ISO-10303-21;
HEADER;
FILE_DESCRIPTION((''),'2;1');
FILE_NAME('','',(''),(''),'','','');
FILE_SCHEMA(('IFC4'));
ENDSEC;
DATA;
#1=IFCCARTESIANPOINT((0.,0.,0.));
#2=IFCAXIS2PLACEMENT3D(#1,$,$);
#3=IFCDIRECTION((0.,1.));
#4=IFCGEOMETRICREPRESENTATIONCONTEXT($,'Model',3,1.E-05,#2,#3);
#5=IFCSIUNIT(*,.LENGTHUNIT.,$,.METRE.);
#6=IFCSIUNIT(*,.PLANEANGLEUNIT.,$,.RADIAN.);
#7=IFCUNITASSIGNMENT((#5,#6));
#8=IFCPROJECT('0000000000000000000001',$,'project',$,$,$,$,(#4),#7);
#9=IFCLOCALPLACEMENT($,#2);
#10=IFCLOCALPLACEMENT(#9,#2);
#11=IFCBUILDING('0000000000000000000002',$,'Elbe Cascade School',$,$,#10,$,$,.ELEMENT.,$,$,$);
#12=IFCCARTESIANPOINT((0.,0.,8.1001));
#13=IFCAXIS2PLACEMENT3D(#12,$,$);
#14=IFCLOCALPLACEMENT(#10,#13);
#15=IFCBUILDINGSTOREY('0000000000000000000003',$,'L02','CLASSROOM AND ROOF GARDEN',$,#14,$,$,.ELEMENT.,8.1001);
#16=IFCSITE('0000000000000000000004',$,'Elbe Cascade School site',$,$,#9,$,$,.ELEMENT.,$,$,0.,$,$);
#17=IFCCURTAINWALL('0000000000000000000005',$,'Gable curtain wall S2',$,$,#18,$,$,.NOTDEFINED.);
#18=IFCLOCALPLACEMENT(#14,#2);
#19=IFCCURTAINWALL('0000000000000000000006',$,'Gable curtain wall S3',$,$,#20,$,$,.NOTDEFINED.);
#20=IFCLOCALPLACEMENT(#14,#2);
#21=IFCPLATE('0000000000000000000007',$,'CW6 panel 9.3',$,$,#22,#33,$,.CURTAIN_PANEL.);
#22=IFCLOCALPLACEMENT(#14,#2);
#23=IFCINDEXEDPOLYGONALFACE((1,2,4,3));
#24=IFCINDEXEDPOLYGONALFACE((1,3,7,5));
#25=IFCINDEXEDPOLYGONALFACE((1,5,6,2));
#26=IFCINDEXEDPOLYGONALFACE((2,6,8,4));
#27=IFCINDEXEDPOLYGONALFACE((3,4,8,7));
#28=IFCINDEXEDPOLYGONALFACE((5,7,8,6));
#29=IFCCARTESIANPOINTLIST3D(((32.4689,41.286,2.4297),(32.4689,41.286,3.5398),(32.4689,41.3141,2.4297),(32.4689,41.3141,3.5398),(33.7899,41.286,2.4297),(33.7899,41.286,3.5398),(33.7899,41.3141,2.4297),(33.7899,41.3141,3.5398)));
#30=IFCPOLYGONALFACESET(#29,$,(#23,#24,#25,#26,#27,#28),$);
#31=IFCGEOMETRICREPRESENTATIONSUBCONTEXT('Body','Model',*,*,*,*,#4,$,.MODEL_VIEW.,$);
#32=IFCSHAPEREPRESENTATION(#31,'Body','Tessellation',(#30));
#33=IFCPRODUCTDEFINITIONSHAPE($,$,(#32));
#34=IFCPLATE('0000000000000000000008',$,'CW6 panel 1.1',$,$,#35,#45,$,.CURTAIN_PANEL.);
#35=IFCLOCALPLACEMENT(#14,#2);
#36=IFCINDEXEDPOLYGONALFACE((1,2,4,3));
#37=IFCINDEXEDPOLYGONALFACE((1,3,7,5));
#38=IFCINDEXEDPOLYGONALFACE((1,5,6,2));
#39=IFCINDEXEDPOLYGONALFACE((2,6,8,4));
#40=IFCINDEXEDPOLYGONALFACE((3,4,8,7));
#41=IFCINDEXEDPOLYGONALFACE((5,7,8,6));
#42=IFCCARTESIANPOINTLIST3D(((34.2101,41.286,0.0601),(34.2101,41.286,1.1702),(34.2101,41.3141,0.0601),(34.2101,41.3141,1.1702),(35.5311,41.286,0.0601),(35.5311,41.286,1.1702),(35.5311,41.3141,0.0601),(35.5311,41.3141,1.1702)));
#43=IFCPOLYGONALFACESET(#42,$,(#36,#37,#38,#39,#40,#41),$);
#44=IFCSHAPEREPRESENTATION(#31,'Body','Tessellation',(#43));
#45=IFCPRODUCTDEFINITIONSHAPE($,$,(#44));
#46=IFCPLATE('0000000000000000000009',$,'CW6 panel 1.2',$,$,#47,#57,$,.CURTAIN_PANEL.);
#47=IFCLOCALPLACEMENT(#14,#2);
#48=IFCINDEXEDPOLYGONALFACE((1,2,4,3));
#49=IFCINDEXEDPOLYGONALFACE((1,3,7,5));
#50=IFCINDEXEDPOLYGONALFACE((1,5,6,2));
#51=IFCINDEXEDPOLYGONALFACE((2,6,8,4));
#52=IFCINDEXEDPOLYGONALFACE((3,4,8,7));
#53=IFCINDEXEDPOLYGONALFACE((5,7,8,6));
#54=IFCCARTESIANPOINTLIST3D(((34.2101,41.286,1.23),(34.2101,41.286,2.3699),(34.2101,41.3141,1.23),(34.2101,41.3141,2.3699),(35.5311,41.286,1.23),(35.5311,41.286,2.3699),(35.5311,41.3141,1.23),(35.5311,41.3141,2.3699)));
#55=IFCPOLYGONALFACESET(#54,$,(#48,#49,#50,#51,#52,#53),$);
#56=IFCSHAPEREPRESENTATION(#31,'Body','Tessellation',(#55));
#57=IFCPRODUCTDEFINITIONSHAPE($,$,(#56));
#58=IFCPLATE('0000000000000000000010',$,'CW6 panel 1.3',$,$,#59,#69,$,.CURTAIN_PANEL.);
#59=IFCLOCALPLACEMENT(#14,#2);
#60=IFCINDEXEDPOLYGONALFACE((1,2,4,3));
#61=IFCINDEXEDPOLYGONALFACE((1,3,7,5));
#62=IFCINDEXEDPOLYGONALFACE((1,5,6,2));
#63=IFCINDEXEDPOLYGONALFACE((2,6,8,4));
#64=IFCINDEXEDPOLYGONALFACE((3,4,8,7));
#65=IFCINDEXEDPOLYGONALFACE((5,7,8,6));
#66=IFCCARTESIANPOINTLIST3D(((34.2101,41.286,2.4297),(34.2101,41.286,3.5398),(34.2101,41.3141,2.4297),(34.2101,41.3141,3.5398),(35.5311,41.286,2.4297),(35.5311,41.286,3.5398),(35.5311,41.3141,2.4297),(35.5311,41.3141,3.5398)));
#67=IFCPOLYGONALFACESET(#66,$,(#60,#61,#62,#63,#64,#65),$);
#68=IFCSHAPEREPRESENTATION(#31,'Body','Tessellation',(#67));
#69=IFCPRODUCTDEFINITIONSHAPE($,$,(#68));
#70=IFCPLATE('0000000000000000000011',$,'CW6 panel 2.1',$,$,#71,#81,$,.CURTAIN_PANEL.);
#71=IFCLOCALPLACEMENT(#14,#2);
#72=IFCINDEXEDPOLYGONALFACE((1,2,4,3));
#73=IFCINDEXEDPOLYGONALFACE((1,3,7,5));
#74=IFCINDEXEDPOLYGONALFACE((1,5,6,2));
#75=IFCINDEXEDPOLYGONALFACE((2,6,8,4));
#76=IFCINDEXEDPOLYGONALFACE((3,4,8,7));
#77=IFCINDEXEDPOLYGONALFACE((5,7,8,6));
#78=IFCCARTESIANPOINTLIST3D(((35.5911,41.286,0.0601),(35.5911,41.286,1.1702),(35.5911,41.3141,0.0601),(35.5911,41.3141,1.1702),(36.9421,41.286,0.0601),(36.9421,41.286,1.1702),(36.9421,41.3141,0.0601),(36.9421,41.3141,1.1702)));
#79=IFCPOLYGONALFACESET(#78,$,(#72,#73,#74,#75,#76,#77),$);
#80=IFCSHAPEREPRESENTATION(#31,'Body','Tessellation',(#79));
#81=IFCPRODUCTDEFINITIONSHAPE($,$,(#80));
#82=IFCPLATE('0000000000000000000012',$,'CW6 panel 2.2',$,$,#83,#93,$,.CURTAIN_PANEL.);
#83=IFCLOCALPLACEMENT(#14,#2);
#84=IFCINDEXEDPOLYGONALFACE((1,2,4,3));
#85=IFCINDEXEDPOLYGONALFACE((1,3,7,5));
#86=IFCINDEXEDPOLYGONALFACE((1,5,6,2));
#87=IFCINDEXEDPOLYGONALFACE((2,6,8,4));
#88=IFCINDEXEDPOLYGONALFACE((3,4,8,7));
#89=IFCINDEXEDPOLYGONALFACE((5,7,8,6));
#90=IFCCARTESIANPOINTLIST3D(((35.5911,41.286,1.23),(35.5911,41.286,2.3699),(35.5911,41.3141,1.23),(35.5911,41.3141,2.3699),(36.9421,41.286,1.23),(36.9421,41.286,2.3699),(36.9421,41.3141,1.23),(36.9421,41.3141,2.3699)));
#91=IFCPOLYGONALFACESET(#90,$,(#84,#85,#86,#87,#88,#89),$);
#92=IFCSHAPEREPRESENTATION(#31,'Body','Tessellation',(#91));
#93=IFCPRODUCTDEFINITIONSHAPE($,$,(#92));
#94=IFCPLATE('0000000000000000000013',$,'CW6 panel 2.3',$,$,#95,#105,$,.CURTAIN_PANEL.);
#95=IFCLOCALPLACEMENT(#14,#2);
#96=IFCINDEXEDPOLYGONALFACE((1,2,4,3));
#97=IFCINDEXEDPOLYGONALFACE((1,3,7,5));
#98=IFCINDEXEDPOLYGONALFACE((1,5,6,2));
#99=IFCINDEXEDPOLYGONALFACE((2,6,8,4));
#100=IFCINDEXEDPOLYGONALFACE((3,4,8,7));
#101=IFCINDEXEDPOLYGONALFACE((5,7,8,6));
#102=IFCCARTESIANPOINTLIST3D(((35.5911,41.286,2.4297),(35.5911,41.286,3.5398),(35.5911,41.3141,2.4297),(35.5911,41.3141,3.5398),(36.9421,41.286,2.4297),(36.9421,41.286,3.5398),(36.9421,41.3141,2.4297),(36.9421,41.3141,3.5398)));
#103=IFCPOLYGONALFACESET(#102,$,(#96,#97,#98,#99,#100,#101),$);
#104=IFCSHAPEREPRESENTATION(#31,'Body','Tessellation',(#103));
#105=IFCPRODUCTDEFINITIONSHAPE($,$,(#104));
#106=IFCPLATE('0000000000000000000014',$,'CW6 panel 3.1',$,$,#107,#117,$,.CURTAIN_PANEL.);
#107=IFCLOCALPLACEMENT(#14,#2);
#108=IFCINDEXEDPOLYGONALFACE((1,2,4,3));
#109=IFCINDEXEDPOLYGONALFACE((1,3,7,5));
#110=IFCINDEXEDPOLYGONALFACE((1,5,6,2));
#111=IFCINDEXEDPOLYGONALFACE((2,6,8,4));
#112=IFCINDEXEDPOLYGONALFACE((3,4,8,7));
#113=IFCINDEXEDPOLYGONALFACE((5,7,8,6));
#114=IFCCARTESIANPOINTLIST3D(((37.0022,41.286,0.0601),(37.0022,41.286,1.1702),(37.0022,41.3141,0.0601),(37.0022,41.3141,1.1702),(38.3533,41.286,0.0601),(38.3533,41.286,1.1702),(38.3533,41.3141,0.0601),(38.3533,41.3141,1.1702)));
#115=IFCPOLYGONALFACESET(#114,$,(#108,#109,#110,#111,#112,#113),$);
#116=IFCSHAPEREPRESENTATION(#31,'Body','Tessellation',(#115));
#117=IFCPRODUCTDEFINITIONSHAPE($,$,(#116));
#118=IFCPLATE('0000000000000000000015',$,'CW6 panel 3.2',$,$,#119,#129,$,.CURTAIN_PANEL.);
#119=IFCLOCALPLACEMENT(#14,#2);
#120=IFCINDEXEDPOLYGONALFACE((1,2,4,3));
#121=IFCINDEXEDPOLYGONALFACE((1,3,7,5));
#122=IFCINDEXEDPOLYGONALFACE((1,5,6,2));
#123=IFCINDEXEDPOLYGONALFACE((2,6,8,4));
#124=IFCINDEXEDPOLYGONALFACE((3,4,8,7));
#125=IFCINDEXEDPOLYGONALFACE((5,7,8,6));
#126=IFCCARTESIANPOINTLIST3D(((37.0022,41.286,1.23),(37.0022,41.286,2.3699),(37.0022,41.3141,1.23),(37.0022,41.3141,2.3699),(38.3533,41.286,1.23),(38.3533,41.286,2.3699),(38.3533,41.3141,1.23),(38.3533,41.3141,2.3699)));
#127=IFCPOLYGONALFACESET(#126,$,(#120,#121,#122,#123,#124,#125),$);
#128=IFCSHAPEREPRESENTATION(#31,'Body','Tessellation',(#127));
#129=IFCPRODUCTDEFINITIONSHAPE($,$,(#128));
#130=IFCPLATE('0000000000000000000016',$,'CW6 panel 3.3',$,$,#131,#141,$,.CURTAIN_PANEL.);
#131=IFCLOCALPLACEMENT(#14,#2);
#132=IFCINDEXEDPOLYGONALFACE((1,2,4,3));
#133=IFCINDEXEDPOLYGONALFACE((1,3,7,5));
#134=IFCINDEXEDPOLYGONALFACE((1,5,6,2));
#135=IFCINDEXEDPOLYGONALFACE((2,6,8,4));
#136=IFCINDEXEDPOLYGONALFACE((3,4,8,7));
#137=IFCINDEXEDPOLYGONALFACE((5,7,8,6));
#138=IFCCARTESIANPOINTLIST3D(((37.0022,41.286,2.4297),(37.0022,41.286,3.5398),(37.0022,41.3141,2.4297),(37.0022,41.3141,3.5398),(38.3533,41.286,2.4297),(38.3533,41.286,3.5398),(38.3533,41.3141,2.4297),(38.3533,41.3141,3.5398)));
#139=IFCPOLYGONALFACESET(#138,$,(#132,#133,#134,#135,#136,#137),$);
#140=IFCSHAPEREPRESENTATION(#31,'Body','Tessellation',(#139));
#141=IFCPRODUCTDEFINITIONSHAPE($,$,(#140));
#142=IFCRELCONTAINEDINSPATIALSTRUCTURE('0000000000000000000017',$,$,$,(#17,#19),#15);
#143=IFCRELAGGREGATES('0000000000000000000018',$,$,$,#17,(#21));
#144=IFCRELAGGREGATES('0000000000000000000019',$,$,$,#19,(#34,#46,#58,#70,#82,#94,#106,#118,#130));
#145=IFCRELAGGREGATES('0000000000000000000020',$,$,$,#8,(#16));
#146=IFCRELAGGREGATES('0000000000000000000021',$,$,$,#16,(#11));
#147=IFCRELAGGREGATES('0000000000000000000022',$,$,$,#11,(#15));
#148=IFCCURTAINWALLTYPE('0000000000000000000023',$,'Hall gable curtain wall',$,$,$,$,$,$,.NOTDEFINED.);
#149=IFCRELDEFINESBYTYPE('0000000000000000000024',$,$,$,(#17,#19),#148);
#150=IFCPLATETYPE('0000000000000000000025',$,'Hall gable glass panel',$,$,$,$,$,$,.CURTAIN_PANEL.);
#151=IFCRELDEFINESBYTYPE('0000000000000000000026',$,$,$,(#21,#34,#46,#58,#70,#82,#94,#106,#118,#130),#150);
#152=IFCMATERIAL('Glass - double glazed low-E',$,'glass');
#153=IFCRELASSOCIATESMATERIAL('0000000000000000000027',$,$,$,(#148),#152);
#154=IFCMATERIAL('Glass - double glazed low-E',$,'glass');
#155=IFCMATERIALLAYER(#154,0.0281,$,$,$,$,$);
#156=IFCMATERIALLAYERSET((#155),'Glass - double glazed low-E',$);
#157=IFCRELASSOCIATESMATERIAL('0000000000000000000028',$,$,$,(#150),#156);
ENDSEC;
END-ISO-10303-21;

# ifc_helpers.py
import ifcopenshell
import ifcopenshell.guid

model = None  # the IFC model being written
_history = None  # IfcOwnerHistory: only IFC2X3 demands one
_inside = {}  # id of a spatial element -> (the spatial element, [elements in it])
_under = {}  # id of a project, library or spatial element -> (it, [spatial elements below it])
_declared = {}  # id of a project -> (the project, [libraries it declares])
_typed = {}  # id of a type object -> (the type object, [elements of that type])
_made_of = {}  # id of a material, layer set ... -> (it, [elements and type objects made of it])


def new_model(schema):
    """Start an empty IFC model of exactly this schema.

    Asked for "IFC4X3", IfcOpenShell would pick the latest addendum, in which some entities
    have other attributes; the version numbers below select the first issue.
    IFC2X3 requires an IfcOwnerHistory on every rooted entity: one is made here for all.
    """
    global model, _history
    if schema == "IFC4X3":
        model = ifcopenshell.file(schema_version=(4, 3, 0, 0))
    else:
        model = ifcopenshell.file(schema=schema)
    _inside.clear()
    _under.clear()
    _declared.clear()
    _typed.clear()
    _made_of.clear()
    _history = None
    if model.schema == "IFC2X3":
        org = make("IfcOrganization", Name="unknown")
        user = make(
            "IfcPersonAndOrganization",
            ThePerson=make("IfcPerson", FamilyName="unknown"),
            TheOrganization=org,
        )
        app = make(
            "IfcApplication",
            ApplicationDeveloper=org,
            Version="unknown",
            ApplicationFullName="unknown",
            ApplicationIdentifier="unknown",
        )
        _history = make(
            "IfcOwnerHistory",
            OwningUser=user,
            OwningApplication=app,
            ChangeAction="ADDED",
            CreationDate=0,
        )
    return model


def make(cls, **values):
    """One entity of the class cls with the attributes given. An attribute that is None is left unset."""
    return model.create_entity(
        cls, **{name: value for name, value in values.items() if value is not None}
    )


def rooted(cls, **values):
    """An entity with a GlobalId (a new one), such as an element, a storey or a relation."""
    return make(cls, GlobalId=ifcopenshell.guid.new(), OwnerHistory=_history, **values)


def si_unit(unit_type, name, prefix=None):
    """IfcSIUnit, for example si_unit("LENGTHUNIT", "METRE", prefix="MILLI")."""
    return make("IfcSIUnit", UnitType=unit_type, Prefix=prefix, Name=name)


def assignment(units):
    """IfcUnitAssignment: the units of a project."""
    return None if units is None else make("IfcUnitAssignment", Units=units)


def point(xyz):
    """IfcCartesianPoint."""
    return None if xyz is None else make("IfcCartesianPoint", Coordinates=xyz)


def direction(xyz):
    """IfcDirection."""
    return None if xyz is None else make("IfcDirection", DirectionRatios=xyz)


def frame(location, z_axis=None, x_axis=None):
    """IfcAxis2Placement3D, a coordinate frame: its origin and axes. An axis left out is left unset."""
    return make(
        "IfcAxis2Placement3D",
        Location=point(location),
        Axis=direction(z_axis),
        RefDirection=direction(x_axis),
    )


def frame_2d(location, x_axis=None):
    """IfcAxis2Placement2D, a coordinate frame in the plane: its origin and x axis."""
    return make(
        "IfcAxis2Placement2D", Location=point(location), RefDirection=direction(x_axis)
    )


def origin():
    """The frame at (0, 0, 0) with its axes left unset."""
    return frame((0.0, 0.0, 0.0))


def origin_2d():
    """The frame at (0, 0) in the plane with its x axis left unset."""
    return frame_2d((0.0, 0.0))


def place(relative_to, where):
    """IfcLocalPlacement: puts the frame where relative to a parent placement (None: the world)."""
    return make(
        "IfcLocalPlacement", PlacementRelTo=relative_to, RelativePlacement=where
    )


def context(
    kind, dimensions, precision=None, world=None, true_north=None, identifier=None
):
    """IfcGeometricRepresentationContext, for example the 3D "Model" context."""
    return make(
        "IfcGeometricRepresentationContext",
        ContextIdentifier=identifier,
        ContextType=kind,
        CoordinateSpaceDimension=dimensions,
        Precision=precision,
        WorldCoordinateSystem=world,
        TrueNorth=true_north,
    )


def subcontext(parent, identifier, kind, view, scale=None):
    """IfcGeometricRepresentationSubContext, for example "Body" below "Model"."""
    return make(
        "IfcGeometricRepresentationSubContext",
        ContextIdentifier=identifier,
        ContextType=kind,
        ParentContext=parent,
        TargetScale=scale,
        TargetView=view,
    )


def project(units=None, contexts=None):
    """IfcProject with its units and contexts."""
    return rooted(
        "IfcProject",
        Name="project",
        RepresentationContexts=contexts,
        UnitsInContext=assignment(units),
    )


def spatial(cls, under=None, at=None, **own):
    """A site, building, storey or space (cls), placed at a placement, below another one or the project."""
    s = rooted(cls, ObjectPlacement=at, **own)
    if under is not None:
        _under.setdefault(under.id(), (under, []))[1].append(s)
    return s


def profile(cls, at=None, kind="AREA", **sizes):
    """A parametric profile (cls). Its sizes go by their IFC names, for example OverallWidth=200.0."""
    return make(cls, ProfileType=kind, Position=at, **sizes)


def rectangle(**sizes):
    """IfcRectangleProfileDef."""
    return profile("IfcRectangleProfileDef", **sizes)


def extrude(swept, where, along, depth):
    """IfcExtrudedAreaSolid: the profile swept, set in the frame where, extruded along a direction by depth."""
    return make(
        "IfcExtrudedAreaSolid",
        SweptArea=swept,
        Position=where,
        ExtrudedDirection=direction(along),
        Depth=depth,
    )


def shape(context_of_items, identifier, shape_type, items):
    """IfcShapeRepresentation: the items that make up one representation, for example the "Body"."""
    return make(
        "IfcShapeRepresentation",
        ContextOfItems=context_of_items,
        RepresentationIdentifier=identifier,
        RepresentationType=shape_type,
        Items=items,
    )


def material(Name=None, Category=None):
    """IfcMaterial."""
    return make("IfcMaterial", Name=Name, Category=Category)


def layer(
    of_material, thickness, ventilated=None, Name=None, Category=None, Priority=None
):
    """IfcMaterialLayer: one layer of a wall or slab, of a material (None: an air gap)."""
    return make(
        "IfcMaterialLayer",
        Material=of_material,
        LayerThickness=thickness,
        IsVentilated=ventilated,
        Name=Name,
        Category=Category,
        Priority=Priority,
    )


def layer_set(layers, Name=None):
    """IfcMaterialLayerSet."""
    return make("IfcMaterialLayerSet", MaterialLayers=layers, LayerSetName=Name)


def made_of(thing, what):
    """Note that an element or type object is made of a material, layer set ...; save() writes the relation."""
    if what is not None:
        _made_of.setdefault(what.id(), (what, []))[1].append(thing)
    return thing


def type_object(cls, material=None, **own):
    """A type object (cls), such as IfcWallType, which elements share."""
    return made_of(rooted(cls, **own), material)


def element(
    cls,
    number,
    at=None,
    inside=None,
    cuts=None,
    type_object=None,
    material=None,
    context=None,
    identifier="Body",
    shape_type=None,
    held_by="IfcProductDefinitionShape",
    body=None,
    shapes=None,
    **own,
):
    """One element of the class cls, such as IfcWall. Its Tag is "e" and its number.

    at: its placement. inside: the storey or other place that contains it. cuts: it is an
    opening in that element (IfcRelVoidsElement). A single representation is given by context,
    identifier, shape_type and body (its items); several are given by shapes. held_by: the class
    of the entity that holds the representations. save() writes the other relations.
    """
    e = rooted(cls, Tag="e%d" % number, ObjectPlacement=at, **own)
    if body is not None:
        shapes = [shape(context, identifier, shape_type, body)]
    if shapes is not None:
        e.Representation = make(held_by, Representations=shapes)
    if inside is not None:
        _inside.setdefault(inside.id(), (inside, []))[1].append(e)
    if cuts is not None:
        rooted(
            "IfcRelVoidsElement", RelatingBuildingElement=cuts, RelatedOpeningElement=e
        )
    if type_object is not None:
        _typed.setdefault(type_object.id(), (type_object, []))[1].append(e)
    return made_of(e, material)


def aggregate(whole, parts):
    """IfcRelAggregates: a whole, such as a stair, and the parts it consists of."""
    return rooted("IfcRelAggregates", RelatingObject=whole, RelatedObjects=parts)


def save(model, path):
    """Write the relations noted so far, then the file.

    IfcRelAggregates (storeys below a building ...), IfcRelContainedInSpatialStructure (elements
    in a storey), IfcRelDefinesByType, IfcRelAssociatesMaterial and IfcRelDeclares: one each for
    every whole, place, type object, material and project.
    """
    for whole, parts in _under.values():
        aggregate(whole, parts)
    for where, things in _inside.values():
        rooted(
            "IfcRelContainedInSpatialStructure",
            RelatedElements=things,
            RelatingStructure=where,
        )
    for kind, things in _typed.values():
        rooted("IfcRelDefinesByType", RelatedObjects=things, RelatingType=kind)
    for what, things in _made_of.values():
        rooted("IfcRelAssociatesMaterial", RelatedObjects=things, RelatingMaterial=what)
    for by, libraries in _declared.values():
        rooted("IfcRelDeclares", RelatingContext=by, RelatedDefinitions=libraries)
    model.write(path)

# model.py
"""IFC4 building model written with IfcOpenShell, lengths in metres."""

from ifc_helpers import new_model, si_unit, direction, frame, origin, origin_2d, place, context, subcontext, project, spatial, rectangle, extrude, material, layer, layer_set, type_object, element, aggregate, save


model = new_model("IFC4")

# Units and contexts
model_context = context("Model", 3, precision=1e-05, world=origin(), true_north=direction((0.0, 1.0)))
body_context = subcontext(model_context, "Body", "Model", "MODEL_VIEW")
ifc_project = project(units=[si_unit("LENGTHUNIT", "METRE"), si_unit("PLANEANGLEUNIT", "RADIAN")], contexts=[model_context])

# Site, building, storey
site_placement = place(None, origin())
site = spatial("IfcSite", under=ifc_project, at=site_placement, Name="Elbe Cascade School site", CompositionType="ELEMENT", RefElevation=0.0)
building_placement = place(site_placement, origin())
building = spatial("IfcBuilding", under=site, at=building_placement, Name="Elbe Cascade School", CompositionType="ELEMENT")
storey_placement = place(building_placement, frame((0.0, 0.0, 8.1001)))
storey = spatial("IfcBuildingStorey", under=building, at=storey_placement, Name="L02", Description="CLASSROOM AND ROOF GARDEN", CompositionType="ELEMENT", Elevation=8.1001)

# Curtain wall
ifc_material_1 = material(Name="Glass - double glazed low-E", Category="glass")
curtain_wall_type = type_object("IfcCurtainWallType", Name="Hall gable curtain wall", PredefinedType="NOTDEFINED", material=ifc_material_1)
curtain_wall_1_placement = place(storey_placement, origin())
curtain_wall_1 = element("IfcCurtainWall", 1, at=curtain_wall_1_placement, inside=storey, type_object=curtain_wall_type, Name="Gable curtain wall S2", PredefinedType="NOTDEFINED")

# Curtain wall
curtain_wall_2_placement = place(storey_placement, origin())
curtain_wall_2 = element("IfcCurtainWall", 2, at=curtain_wall_2_placement, inside=storey, type_object=curtain_wall_type, Name="Gable curtain wall S3", PredefinedType="NOTDEFINED")

# Plates
ifc_material_2 = material(Name="Glass - double glazed low-E", Category="glass")
ifc_layer = layer(ifc_material_2, 0.0281)
ifc_layer_set = layer_set([ifc_layer], Name="Glass - double glazed low-E")
plate_type = type_object("IfcPlateType", Name="Hall gable glass panel", PredefinedType="CURTAIN_PANEL", material=ifc_layer_set)
plate_1_placement = place(storey_placement, frame((33.1294, 41.3, 2.4297), z_axis=(0.0, 0.0, 1.0), x_axis=(1.0, 0.0, 0.0)))
plate_1 = element("IfcPlate", 3, at=plate_1_placement, type_object=plate_type, Name="CW6 panel 9.3", PredefinedType="CURTAIN_PANEL", context=body_context, shape_type="SweptSolid", body=[
    extrude(rectangle(XDim=1.321, YDim=0.0281, at=origin_2d()), origin(), (0.0, 0.0, 1.0), 1.1101),
])
aggregate(curtain_wall_1, [plate_1])
plate_2_placement = place(storey_placement, frame((34.8706, 41.3, 0.0601), z_axis=(0.0, 0.0, 1.0), x_axis=(1.0, 0.0, 0.0)))
plate_2 = element("IfcPlate", 4, at=plate_2_placement, type_object=plate_type, Name="CW6 panel 1.1", PredefinedType="CURTAIN_PANEL", context=body_context, shape_type="SweptSolid", body=[
    extrude(rectangle(XDim=1.321, YDim=0.0281, at=origin_2d()), origin(), (0.0, 0.0, 1.0), 1.1101),
])
plate_3_placement = place(storey_placement, frame((34.8706, 41.3, 1.23), z_axis=(0.0, 0.0, 1.0), x_axis=(1.0, 0.0, 0.0)))
plate_3 = element("IfcPlate", 5, at=plate_3_placement, type_object=plate_type, Name="CW6 panel 1.2", PredefinedType="CURTAIN_PANEL", context=body_context, shape_type="SweptSolid", body=[
    extrude(rectangle(XDim=1.321, YDim=0.0281, at=origin_2d()), origin(), (0.0, 0.0, 1.0), 1.1399),
])
plate_4_placement = place(storey_placement, frame((34.8706, 41.3, 2.4297), z_axis=(0.0, 0.0, 1.0), x_axis=(1.0, 0.0, 0.0)))
plate_4 = element("IfcPlate", 6, at=plate_4_placement, type_object=plate_type, Name="CW6 panel 1.3", PredefinedType="CURTAIN_PANEL", context=body_context, shape_type="SweptSolid", body=[
    extrude(rectangle(XDim=1.321, YDim=0.0281, at=origin_2d()), origin(), (0.0, 0.0, 1.0), 1.1101),
])
plate_5_placement = place(storey_placement, frame((36.2666, 41.3, 0.0601), z_axis=(0.0, 0.0, 1.0), x_axis=(1.0, 0.0, 0.0)))
plate_5 = element("IfcPlate", 7, at=plate_5_placement, type_object=plate_type, Name="CW6 panel 2.1", PredefinedType="CURTAIN_PANEL", context=body_context, shape_type="SweptSolid", body=[
    extrude(rectangle(XDim=1.3511, YDim=0.0281, at=origin_2d()), origin(), (0.0, 0.0, 1.0), 1.1101),
])
plate_6_placement = place(storey_placement, frame((36.2666, 41.3, 1.23), z_axis=(0.0, 0.0, 1.0), x_axis=(1.0, 0.0, 0.0)))
plate_6 = element("IfcPlate", 8, at=plate_6_placement, type_object=plate_type, Name="CW6 panel 2.2", PredefinedType="CURTAIN_PANEL", context=body_context, shape_type="SweptSolid", body=[
    extrude(rectangle(XDim=1.3511, YDim=0.0281, at=origin_2d()), origin(), (0.0, 0.0, 1.0), 1.1399),
])
plate_7_placement = place(storey_placement, frame((36.2666, 41.3, 2.4297), z_axis=(0.0, 0.0, 1.0), x_axis=(1.0, 0.0, 0.0)))
plate_7 = element("IfcPlate", 9, at=plate_7_placement, type_object=plate_type, Name="CW6 panel 2.3", PredefinedType="CURTAIN_PANEL", context=body_context, shape_type="SweptSolid", body=[
    extrude(rectangle(XDim=1.3511, YDim=0.0281, at=origin_2d()), origin(), (0.0, 0.0, 1.0), 1.1101),
])
plate_8_placement = place(storey_placement, frame((37.6777, 41.3, 0.0601), z_axis=(0.0, 0.0, 1.0), x_axis=(1.0, 0.0, 0.0)))
plate_8 = element("IfcPlate", 10, at=plate_8_placement, type_object=plate_type, Name="CW6 panel 3.1", PredefinedType="CURTAIN_PANEL", context=body_context, shape_type="SweptSolid", body=[
    extrude(rectangle(XDim=1.3511, YDim=0.0281, at=origin_2d()), origin(), (0.0, 0.0, 1.0), 1.1101),
])
plate_9_placement = place(storey_placement, frame((37.6777, 41.3, 1.23), z_axis=(0.0, 0.0, 1.0), x_axis=(1.0, 0.0, 0.0)))
plate_9 = element("IfcPlate", 11, at=plate_9_placement, type_object=plate_type, Name="CW6 panel 3.2", PredefinedType="CURTAIN_PANEL", context=body_context, shape_type="SweptSolid", body=[
    extrude(rectangle(XDim=1.3511, YDim=0.0281, at=origin_2d()), origin(), (0.0, 0.0, 1.0), 1.1399),
])
plate_10_placement = place(storey_placement, frame((37.6777, 41.3, 2.4297), z_axis=(0.0, 0.0, 1.0), x_axis=(1.0, 0.0, 0.0)))
plate_10 = element("IfcPlate", 12, at=plate_10_placement, type_object=plate_type, Name="CW6 panel 3.3", PredefinedType="CURTAIN_PANEL", context=body_context, shape_type="SweptSolid", body=[
    extrude(rectangle(XDim=1.3511, YDim=0.0281, at=origin_2d()), origin(), (0.0, 0.0, 1.0), 1.1101),
])
aggregate(curtain_wall_2, [plate_2, plate_3, plate_4, plate_5, plate_6, plate_7, plate_8, plate_9, plate_10])

save(model, "model.ifc")
